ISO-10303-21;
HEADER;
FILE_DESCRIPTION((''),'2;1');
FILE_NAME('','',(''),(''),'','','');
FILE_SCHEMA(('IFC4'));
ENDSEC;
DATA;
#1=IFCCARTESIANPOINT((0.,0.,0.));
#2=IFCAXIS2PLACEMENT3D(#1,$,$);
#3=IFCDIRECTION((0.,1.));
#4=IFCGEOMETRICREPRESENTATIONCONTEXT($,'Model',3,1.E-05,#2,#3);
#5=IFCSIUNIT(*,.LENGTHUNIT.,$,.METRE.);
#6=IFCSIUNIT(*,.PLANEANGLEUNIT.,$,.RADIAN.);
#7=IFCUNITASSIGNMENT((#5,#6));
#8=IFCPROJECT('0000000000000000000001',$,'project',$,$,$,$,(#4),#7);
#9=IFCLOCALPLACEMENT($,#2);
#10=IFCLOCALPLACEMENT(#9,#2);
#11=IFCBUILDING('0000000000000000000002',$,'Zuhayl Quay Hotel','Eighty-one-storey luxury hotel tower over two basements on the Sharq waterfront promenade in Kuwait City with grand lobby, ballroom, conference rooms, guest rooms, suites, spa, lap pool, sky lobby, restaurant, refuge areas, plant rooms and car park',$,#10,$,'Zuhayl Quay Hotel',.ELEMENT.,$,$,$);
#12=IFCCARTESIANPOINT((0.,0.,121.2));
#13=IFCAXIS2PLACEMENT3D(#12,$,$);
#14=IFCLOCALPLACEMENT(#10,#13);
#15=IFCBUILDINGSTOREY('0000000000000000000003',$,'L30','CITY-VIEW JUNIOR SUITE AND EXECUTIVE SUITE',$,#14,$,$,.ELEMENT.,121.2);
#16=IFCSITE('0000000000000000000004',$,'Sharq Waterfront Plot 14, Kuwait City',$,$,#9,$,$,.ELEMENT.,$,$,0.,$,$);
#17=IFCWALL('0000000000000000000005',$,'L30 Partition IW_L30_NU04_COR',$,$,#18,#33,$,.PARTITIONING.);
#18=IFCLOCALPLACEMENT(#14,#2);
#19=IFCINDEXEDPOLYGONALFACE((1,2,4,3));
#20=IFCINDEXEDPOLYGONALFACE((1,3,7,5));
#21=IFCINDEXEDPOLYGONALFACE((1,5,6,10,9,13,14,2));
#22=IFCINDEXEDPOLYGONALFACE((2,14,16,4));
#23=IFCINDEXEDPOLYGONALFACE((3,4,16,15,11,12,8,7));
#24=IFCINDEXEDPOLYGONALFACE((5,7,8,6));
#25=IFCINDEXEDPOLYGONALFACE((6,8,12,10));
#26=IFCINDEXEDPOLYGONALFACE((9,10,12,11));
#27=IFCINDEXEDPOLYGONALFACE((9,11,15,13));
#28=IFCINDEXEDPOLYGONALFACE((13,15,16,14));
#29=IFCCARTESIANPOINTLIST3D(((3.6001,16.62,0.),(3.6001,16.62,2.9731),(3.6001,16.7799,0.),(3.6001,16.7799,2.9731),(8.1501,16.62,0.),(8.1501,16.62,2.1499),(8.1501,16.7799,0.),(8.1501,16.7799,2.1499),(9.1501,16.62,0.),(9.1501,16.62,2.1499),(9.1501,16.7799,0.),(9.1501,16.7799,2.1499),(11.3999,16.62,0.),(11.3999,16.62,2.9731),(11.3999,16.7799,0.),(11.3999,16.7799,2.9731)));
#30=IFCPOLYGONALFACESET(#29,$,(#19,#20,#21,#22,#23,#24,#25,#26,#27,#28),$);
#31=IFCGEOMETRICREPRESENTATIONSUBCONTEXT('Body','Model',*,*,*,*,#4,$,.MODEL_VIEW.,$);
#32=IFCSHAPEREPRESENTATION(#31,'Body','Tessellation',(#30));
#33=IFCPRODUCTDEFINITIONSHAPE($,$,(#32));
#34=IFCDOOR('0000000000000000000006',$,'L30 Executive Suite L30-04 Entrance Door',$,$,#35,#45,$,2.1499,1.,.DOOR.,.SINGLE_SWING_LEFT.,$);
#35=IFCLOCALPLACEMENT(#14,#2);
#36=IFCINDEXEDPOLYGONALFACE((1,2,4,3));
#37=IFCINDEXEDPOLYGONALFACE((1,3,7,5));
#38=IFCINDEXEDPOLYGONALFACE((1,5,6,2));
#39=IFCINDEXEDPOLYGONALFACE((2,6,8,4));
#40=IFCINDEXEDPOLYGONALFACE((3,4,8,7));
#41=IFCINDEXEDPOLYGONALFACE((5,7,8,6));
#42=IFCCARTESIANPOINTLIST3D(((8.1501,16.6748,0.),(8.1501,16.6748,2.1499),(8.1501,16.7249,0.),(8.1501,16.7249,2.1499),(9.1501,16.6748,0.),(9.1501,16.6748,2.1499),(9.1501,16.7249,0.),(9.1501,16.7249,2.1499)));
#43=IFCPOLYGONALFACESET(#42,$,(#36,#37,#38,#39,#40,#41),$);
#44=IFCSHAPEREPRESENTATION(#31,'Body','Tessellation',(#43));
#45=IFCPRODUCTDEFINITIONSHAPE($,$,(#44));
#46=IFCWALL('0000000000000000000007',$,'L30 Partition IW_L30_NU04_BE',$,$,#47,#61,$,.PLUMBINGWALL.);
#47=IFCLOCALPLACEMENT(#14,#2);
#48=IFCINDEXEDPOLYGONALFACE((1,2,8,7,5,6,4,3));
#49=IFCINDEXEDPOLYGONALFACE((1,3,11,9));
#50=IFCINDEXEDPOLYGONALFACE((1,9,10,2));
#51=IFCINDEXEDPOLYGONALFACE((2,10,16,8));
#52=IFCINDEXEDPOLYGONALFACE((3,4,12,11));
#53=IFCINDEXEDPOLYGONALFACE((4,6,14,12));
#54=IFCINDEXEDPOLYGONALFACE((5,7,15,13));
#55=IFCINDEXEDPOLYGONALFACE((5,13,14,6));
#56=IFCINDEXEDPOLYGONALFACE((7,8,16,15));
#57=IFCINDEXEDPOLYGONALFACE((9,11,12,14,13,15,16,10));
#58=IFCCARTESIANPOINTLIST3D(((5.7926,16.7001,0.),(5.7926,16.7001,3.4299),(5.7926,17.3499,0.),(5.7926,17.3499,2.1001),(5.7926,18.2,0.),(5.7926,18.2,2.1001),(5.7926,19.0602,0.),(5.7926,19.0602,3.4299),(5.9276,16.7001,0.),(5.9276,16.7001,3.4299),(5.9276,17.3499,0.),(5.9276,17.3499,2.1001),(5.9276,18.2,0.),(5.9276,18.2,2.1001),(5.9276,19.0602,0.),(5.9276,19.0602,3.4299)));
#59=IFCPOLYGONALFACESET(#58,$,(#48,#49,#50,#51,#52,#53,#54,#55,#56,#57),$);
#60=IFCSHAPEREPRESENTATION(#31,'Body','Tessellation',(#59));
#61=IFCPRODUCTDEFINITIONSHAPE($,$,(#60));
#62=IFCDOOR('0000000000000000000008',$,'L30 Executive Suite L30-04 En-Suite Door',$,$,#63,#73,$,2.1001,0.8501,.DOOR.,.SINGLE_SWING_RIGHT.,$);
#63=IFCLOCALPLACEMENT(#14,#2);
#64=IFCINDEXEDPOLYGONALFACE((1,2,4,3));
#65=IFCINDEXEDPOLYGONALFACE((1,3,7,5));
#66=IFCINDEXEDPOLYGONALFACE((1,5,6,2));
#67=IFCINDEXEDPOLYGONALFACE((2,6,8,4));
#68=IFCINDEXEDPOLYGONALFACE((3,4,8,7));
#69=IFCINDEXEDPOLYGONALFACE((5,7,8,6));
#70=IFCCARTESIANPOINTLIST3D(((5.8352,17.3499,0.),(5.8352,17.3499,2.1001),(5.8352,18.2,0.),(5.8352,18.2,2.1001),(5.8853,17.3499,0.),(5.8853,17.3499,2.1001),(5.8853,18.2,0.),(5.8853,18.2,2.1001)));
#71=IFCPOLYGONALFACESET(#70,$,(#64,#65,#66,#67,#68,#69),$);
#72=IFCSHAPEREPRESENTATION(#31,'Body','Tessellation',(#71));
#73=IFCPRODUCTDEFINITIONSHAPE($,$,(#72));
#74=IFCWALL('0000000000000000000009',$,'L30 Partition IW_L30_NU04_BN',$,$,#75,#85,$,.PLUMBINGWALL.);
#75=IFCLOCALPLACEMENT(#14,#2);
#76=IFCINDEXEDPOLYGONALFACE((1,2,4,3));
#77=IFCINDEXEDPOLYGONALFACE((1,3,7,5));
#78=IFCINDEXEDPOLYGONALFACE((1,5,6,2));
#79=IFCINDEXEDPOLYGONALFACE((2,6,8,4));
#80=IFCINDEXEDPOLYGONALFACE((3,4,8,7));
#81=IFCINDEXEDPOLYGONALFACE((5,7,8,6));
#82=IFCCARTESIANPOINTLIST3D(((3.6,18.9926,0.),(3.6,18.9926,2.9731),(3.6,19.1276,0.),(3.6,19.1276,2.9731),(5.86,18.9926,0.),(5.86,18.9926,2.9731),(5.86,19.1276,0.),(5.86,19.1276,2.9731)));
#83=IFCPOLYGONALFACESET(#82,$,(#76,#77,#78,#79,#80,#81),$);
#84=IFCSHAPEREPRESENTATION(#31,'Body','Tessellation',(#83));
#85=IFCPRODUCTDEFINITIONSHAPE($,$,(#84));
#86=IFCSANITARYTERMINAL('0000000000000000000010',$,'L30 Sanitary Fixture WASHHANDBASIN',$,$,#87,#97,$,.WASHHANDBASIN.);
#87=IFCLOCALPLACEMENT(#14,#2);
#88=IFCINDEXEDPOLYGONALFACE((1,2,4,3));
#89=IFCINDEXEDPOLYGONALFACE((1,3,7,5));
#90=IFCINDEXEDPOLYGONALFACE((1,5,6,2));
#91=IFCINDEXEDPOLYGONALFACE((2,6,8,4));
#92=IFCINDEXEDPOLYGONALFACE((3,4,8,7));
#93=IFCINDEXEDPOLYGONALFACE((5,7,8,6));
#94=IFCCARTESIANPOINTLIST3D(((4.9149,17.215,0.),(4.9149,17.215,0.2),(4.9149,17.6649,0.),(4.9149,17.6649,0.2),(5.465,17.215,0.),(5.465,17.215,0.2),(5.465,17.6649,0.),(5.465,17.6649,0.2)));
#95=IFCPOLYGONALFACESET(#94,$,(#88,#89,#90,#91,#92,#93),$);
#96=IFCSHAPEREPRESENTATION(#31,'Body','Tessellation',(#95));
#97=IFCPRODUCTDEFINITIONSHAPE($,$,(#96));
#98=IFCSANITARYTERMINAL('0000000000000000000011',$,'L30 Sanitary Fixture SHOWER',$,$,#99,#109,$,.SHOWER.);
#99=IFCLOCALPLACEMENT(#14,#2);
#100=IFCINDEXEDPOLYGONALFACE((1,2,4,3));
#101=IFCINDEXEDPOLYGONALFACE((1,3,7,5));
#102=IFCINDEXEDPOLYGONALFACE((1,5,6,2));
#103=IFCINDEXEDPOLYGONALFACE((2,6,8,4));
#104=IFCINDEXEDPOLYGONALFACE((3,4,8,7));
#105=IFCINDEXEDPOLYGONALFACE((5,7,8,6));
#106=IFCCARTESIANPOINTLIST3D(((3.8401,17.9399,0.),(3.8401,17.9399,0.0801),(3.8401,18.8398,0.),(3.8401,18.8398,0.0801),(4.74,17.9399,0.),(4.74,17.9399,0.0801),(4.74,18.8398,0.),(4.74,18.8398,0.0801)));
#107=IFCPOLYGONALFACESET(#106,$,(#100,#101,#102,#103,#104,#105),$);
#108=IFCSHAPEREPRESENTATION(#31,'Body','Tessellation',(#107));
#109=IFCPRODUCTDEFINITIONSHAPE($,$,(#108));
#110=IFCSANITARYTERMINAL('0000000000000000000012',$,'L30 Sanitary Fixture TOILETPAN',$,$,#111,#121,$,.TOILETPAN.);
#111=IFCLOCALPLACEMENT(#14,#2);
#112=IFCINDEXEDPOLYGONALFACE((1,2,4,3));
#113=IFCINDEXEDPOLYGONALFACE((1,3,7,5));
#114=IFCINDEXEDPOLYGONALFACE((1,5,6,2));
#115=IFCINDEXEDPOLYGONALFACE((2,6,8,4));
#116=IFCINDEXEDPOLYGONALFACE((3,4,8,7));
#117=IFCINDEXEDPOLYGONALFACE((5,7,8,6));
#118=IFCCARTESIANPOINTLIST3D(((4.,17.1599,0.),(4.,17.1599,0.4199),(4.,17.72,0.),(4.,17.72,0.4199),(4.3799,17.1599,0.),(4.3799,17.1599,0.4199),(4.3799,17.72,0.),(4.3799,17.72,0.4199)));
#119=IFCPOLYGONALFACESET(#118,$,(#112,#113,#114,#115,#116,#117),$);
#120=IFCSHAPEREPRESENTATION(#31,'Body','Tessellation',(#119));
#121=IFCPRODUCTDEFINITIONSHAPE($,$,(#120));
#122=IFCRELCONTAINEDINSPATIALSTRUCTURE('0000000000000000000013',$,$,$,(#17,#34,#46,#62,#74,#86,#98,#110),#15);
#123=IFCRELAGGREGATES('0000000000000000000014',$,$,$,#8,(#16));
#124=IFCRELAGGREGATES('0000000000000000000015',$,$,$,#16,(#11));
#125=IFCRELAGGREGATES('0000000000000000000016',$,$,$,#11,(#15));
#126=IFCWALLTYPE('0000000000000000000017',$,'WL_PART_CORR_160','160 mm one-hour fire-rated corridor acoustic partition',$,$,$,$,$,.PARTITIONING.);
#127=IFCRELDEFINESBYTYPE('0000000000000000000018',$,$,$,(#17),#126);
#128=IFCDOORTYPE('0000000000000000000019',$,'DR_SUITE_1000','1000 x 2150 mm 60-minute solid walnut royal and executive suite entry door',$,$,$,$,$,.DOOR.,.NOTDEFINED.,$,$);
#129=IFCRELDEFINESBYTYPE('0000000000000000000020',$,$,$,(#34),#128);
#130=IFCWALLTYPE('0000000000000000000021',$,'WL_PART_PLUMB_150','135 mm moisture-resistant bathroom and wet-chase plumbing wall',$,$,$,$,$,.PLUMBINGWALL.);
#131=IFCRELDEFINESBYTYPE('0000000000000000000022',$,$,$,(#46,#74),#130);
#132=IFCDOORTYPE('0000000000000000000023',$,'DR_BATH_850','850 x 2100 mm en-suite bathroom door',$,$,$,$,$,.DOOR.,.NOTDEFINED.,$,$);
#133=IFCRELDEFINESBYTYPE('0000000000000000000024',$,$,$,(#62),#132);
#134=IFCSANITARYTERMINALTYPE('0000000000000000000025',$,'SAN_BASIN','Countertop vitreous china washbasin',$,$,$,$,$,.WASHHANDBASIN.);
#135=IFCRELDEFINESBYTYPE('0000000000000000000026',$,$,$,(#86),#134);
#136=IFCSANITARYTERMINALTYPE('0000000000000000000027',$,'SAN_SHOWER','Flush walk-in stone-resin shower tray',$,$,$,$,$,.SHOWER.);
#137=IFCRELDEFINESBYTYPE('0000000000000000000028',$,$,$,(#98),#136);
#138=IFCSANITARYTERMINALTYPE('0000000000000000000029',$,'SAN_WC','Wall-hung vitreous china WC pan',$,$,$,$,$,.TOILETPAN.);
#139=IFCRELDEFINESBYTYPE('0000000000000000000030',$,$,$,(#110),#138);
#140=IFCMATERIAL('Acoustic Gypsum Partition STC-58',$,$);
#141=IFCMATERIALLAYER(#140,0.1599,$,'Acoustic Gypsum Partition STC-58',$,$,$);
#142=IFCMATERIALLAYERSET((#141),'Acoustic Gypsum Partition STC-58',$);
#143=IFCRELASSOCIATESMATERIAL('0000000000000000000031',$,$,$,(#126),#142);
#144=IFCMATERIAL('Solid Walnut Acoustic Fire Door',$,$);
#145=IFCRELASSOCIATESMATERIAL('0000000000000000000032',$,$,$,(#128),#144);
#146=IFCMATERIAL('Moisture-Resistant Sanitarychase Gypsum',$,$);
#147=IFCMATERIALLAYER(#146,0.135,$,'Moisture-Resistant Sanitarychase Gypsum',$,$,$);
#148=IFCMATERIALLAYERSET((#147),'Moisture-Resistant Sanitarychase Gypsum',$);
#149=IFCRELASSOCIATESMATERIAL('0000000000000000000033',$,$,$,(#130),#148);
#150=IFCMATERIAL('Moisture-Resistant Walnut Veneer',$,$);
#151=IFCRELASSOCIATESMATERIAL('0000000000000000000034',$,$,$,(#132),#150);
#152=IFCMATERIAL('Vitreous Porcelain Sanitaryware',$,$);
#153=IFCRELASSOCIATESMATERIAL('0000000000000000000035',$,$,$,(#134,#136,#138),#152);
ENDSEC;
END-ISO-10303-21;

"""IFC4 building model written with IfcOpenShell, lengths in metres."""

from ifc_helpers import new_model, si_unit, direction, frame, frame_2d, origin, origin_2d, place, context, subcontext, project, spatial, rectangle, extrude, material, layer, layer_set, type_object, element, fill, save


model = new_model("IFC4")

# Units and contexts
model_context = context("Model", 3, precision=1e-05, world=origin(), true_north=direction((0.0, 1.0)))
body_context = subcontext(model_context, "Body", "Model", "MODEL_VIEW")
ifc_project = project(units=[si_unit("LENGTHUNIT", "METRE"), si_unit("PLANEANGLEUNIT", "RADIAN")], contexts=[model_context])

# Site, building, storey
site_placement = place(None, origin())
site = spatial("IfcSite", under=ifc_project, at=site_placement, Name="Sharq Waterfront Plot 14, Kuwait City", CompositionType="ELEMENT", RefElevation=0.0)
building_placement = place(site_placement, origin())
building = spatial("IfcBuilding", under=site, at=building_placement, Name="Zuhayl Quay Hotel", Description="Eighty-one-storey luxury hotel tower over two basements on the Sharq waterfront promenade in Kuwait City with grand lobby, ballroom, conference rooms, guest rooms, suites, spa, lap pool, sky lobby, restaurant, refuge areas, plant rooms and car park", LongName="Zuhayl Quay Hotel", CompositionType="ELEMENT")
storey_placement = place(building_placement, frame((0.0, 0.0, 121.2)))
storey = spatial("IfcBuildingStorey", under=building, at=storey_placement, Name="L30", Description="CITY-VIEW JUNIOR SUITE AND EXECUTIVE SUITE", CompositionType="ELEMENT", Elevation=121.2)

# Shared definitions
ifc_material_1 = material(Name="Acoustic Gypsum Partition STC-58")

# Walls, openings, doors
ifc_layer_1 = layer(ifc_material_1, 0.1599, Name="Acoustic Gypsum Partition STC-58")
ifc_layer_set_1 = layer_set([ifc_layer_1], Name="Acoustic Gypsum Partition STC-58")
wall_type_1 = type_object("IfcWallType", Name="WL_PART_CORR_160", Description="160 mm one-hour fire-rated corridor acoustic partition", PredefinedType="PARTITIONING", material=ifc_layer_set_1)
wall_1_placement = place(storey_placement, frame((3.6001, 16.7, 0.0), z_axis=(0.0, 0.0, 1.0), x_axis=(1.0, 0.0, 0.0)))
wall_1 = element("IfcWall", 1, at=wall_1_placement, inside=storey, type_object=wall_type_1, Name="L30 Partition IW_L30_NU04_COR", PredefinedType="PARTITIONING", context=body_context, shape_type="SweptSolid", body=[
    extrude(rectangle(XDim=7.7998, YDim=0.1599, at=frame_2d((3.8999, 0.0))), origin(), (0.0, 0.0, 1.0), 2.9731),
])
opening_1_placement = place(wall_1_placement, frame((4.55, 0.0, 0.0)))
opening_1 = element("IfcOpeningElement", 2, at=opening_1_placement, cuts=wall_1, PredefinedType="OPENING", context=body_context, shape_type="SweptSolid", body=[
    extrude(rectangle(XDim=1.0, YDim=2.1499, at=frame_2d((0.5, 1.075))), frame((0.0, 0.0898, 0.0), z_axis=(0.0, -1.0, 0.0), x_axis=(1.0, 0.0, 0.0)), (0.0, 0.0, 1.0), 0.1799),
])
ifc_material_2 = material(Name="Solid Walnut Acoustic Fire Door")
door_type_1 = type_object("IfcDoorType", Name="DR_SUITE_1000", Description="1000 x 2150 mm 60-minute solid walnut royal and executive suite entry door", OperationType="NOTDEFINED", PredefinedType="DOOR", material=ifc_material_2)
door_1_placement = place(opening_1_placement, origin())
door_1 = element("IfcDoor", 3, at=door_1_placement, inside=storey, type_object=door_type_1, Name="L30 Executive Suite L30-04 Entrance Door", OperationType="SINGLE_SWING_LEFT", OverallHeight=2.1499, OverallWidth=1.0, PredefinedType="DOOR", context=body_context, shape_type="SweptSolid", body=[
    extrude(rectangle(XDim=1.0, YDim=2.1499, at=frame_2d((0.5, 1.075))), frame((0.0, 0.0249, 0.0), z_axis=(0.0, -1.0, 0.0), x_axis=(1.0, 0.0, 0.0)), (0.0, 0.0, 1.0), 0.05),
])
fill(opening_1, door_1)
ifc_material_3 = material(Name="Moisture-Resistant Sanitarychase Gypsum")
ifc_layer_2 = layer(ifc_material_3, 0.135, Name="Moisture-Resistant Sanitarychase Gypsum")
ifc_layer_set_2 = layer_set([ifc_layer_2], Name="Moisture-Resistant Sanitarychase Gypsum")
wall_type_2 = type_object("IfcWallType", Name="WL_PART_PLUMB_150", Description="135 mm moisture-resistant bathroom and wet-chase plumbing wall", PredefinedType="PLUMBINGWALL", material=ifc_layer_set_2)
wall_2_placement = place(storey_placement, frame((5.8601, 16.7, 0.0), z_axis=(0.0, 0.0, 1.0), x_axis=(0.0, 1.0, 0.0)))
wall_2 = element("IfcWall", 4, at=wall_2_placement, inside=storey, type_object=wall_type_2, Name="L30 Partition IW_L30_NU04_BE", PredefinedType="PLUMBINGWALL", context=body_context, shape_type="SweptSolid", body=[
    extrude(rectangle(XDim=2.3601, YDim=0.135, at=frame_2d((1.1802, 0.0))), origin(), (0.0, 0.0, 1.0), 3.4299),
])
opening_2_placement = place(wall_2_placement, frame((0.6499, 0.0, 0.0)))
opening_2 = element("IfcOpeningElement", 5, at=opening_2_placement, cuts=wall_2, PredefinedType="OPENING", context=body_context, shape_type="SweptSolid", body=[
    extrude(rectangle(XDim=0.8501, YDim=2.1001, at=frame_2d((0.425, 1.05))), frame((0.0, 0.0774, 0.0), z_axis=(0.0, -1.0, 0.0), x_axis=(1.0, 0.0, 0.0)), (0.0, 0.0, 1.0), 0.155),
])
ifc_material_4 = material(Name="Moisture-Resistant Walnut Veneer")
door_type_2 = type_object("IfcDoorType", Name="DR_BATH_850", Description="850 x 2100 mm en-suite bathroom door", OperationType="NOTDEFINED", PredefinedType="DOOR", material=ifc_material_4)
door_2_placement = place(opening_2_placement, origin())
door_2 = element("IfcDoor", 6, at=door_2_placement, inside=storey, type_object=door_type_2, Name="L30 Executive Suite L30-04 En-Suite Door", OperationType="SINGLE_SWING_RIGHT", OverallHeight=2.1001, OverallWidth=0.8501, PredefinedType="DOOR", context=body_context, shape_type="SweptSolid", body=[
    extrude(rectangle(XDim=0.8501, YDim=2.1001, at=frame_2d((0.425, 1.05))), frame((0.0, 0.0249, 0.0), z_axis=(0.0, -1.0, 0.0), x_axis=(1.0, 0.0, 0.0)), (0.0, 0.0, 1.0), 0.05),
])
fill(opening_2, door_2)

# Wall
wall_3_placement = place(storey_placement, frame((3.6001, 19.0601, 0.0), z_axis=(0.0, 0.0, 1.0), x_axis=(1.0, 0.0, 0.0)))
element("IfcWall", 7, at=wall_3_placement, inside=storey, type_object=wall_type_2, Name="L30 Partition IW_L30_NU04_BN", PredefinedType="PLUMBINGWALL", context=body_context, shape_type="SweptSolid", body=[
    extrude(rectangle(XDim=2.26, YDim=0.135, at=frame_2d((1.1299, 0.0))), origin(), (0.0, 0.0, 1.0), 2.9731),
])

# Sanitary terminals
ifc_material_5 = material(Name="Vitreous Porcelain Sanitaryware")
sanitary_terminal_type_1 = type_object("IfcSanitaryTerminalType", Name="SAN_BASIN", Description="Countertop vitreous china washbasin", PredefinedType="WASHHANDBASIN", material=ifc_material_5)
sanitary_terminal_1_placement = place(storey_placement, frame((5.1899, 17.4399, 0.0), z_axis=(0.0, 0.0, 1.0), x_axis=(1.0, 0.0, 0.0)))
element("IfcSanitaryTerminal", 8, at=sanitary_terminal_1_placement, inside=storey, type_object=sanitary_terminal_type_1, Name="L30 Sanitary Fixture WASHHANDBASIN", PredefinedType="WASHHANDBASIN", context=body_context, shape_type="SweptSolid", body=[
    extrude(rectangle(XDim=0.55, YDim=0.45, at=origin_2d()), origin(), (0.0, 0.0, 1.0), 0.2),
])
sanitary_terminal_type_2 = type_object("IfcSanitaryTerminalType", Name="SAN_SHOWER", Description="Flush walk-in stone-resin shower tray", PredefinedType="SHOWER", material=ifc_material_5)
sanitary_terminal_2_placement = place(storey_placement, frame((4.29, 18.3899, 0.0), z_axis=(0.0, 0.0, 1.0), x_axis=(1.0, 0.0, 0.0)))
element("IfcSanitaryTerminal", 9, at=sanitary_terminal_2_placement, inside=storey, type_object=sanitary_terminal_type_2, Name="L30 Sanitary Fixture SHOWER", PredefinedType="SHOWER", context=body_context, shape_type="SweptSolid", body=[
    extrude(rectangle(XDim=0.8999, YDim=0.8999, at=origin_2d()), origin(), (0.0, 0.0, 1.0), 0.0801),
])
sanitary_terminal_type_3 = type_object("IfcSanitaryTerminalType", Name="SAN_WC", Description="Wall-hung vitreous china WC pan", PredefinedType="TOILETPAN", material=ifc_material_5)
sanitary_terminal_3_placement = place(storey_placement, frame((4.1899, 17.4399, 0.0), z_axis=(0.0, 0.0, 1.0), x_axis=(1.0, 0.0, 0.0)))
element("IfcSanitaryTerminal", 10, at=sanitary_terminal_3_placement, inside=storey, type_object=sanitary_terminal_type_3, Name="L30 Sanitary Fixture TOILETPAN", PredefinedType="TOILETPAN", context=body_context, shape_type="SweptSolid", body=[
    extrude(rectangle(XDim=0.3799, YDim=0.5601, at=origin_2d()), origin(), (0.0, 0.0, 1.0), 0.4199),
])

save(model, "model.ifc")
